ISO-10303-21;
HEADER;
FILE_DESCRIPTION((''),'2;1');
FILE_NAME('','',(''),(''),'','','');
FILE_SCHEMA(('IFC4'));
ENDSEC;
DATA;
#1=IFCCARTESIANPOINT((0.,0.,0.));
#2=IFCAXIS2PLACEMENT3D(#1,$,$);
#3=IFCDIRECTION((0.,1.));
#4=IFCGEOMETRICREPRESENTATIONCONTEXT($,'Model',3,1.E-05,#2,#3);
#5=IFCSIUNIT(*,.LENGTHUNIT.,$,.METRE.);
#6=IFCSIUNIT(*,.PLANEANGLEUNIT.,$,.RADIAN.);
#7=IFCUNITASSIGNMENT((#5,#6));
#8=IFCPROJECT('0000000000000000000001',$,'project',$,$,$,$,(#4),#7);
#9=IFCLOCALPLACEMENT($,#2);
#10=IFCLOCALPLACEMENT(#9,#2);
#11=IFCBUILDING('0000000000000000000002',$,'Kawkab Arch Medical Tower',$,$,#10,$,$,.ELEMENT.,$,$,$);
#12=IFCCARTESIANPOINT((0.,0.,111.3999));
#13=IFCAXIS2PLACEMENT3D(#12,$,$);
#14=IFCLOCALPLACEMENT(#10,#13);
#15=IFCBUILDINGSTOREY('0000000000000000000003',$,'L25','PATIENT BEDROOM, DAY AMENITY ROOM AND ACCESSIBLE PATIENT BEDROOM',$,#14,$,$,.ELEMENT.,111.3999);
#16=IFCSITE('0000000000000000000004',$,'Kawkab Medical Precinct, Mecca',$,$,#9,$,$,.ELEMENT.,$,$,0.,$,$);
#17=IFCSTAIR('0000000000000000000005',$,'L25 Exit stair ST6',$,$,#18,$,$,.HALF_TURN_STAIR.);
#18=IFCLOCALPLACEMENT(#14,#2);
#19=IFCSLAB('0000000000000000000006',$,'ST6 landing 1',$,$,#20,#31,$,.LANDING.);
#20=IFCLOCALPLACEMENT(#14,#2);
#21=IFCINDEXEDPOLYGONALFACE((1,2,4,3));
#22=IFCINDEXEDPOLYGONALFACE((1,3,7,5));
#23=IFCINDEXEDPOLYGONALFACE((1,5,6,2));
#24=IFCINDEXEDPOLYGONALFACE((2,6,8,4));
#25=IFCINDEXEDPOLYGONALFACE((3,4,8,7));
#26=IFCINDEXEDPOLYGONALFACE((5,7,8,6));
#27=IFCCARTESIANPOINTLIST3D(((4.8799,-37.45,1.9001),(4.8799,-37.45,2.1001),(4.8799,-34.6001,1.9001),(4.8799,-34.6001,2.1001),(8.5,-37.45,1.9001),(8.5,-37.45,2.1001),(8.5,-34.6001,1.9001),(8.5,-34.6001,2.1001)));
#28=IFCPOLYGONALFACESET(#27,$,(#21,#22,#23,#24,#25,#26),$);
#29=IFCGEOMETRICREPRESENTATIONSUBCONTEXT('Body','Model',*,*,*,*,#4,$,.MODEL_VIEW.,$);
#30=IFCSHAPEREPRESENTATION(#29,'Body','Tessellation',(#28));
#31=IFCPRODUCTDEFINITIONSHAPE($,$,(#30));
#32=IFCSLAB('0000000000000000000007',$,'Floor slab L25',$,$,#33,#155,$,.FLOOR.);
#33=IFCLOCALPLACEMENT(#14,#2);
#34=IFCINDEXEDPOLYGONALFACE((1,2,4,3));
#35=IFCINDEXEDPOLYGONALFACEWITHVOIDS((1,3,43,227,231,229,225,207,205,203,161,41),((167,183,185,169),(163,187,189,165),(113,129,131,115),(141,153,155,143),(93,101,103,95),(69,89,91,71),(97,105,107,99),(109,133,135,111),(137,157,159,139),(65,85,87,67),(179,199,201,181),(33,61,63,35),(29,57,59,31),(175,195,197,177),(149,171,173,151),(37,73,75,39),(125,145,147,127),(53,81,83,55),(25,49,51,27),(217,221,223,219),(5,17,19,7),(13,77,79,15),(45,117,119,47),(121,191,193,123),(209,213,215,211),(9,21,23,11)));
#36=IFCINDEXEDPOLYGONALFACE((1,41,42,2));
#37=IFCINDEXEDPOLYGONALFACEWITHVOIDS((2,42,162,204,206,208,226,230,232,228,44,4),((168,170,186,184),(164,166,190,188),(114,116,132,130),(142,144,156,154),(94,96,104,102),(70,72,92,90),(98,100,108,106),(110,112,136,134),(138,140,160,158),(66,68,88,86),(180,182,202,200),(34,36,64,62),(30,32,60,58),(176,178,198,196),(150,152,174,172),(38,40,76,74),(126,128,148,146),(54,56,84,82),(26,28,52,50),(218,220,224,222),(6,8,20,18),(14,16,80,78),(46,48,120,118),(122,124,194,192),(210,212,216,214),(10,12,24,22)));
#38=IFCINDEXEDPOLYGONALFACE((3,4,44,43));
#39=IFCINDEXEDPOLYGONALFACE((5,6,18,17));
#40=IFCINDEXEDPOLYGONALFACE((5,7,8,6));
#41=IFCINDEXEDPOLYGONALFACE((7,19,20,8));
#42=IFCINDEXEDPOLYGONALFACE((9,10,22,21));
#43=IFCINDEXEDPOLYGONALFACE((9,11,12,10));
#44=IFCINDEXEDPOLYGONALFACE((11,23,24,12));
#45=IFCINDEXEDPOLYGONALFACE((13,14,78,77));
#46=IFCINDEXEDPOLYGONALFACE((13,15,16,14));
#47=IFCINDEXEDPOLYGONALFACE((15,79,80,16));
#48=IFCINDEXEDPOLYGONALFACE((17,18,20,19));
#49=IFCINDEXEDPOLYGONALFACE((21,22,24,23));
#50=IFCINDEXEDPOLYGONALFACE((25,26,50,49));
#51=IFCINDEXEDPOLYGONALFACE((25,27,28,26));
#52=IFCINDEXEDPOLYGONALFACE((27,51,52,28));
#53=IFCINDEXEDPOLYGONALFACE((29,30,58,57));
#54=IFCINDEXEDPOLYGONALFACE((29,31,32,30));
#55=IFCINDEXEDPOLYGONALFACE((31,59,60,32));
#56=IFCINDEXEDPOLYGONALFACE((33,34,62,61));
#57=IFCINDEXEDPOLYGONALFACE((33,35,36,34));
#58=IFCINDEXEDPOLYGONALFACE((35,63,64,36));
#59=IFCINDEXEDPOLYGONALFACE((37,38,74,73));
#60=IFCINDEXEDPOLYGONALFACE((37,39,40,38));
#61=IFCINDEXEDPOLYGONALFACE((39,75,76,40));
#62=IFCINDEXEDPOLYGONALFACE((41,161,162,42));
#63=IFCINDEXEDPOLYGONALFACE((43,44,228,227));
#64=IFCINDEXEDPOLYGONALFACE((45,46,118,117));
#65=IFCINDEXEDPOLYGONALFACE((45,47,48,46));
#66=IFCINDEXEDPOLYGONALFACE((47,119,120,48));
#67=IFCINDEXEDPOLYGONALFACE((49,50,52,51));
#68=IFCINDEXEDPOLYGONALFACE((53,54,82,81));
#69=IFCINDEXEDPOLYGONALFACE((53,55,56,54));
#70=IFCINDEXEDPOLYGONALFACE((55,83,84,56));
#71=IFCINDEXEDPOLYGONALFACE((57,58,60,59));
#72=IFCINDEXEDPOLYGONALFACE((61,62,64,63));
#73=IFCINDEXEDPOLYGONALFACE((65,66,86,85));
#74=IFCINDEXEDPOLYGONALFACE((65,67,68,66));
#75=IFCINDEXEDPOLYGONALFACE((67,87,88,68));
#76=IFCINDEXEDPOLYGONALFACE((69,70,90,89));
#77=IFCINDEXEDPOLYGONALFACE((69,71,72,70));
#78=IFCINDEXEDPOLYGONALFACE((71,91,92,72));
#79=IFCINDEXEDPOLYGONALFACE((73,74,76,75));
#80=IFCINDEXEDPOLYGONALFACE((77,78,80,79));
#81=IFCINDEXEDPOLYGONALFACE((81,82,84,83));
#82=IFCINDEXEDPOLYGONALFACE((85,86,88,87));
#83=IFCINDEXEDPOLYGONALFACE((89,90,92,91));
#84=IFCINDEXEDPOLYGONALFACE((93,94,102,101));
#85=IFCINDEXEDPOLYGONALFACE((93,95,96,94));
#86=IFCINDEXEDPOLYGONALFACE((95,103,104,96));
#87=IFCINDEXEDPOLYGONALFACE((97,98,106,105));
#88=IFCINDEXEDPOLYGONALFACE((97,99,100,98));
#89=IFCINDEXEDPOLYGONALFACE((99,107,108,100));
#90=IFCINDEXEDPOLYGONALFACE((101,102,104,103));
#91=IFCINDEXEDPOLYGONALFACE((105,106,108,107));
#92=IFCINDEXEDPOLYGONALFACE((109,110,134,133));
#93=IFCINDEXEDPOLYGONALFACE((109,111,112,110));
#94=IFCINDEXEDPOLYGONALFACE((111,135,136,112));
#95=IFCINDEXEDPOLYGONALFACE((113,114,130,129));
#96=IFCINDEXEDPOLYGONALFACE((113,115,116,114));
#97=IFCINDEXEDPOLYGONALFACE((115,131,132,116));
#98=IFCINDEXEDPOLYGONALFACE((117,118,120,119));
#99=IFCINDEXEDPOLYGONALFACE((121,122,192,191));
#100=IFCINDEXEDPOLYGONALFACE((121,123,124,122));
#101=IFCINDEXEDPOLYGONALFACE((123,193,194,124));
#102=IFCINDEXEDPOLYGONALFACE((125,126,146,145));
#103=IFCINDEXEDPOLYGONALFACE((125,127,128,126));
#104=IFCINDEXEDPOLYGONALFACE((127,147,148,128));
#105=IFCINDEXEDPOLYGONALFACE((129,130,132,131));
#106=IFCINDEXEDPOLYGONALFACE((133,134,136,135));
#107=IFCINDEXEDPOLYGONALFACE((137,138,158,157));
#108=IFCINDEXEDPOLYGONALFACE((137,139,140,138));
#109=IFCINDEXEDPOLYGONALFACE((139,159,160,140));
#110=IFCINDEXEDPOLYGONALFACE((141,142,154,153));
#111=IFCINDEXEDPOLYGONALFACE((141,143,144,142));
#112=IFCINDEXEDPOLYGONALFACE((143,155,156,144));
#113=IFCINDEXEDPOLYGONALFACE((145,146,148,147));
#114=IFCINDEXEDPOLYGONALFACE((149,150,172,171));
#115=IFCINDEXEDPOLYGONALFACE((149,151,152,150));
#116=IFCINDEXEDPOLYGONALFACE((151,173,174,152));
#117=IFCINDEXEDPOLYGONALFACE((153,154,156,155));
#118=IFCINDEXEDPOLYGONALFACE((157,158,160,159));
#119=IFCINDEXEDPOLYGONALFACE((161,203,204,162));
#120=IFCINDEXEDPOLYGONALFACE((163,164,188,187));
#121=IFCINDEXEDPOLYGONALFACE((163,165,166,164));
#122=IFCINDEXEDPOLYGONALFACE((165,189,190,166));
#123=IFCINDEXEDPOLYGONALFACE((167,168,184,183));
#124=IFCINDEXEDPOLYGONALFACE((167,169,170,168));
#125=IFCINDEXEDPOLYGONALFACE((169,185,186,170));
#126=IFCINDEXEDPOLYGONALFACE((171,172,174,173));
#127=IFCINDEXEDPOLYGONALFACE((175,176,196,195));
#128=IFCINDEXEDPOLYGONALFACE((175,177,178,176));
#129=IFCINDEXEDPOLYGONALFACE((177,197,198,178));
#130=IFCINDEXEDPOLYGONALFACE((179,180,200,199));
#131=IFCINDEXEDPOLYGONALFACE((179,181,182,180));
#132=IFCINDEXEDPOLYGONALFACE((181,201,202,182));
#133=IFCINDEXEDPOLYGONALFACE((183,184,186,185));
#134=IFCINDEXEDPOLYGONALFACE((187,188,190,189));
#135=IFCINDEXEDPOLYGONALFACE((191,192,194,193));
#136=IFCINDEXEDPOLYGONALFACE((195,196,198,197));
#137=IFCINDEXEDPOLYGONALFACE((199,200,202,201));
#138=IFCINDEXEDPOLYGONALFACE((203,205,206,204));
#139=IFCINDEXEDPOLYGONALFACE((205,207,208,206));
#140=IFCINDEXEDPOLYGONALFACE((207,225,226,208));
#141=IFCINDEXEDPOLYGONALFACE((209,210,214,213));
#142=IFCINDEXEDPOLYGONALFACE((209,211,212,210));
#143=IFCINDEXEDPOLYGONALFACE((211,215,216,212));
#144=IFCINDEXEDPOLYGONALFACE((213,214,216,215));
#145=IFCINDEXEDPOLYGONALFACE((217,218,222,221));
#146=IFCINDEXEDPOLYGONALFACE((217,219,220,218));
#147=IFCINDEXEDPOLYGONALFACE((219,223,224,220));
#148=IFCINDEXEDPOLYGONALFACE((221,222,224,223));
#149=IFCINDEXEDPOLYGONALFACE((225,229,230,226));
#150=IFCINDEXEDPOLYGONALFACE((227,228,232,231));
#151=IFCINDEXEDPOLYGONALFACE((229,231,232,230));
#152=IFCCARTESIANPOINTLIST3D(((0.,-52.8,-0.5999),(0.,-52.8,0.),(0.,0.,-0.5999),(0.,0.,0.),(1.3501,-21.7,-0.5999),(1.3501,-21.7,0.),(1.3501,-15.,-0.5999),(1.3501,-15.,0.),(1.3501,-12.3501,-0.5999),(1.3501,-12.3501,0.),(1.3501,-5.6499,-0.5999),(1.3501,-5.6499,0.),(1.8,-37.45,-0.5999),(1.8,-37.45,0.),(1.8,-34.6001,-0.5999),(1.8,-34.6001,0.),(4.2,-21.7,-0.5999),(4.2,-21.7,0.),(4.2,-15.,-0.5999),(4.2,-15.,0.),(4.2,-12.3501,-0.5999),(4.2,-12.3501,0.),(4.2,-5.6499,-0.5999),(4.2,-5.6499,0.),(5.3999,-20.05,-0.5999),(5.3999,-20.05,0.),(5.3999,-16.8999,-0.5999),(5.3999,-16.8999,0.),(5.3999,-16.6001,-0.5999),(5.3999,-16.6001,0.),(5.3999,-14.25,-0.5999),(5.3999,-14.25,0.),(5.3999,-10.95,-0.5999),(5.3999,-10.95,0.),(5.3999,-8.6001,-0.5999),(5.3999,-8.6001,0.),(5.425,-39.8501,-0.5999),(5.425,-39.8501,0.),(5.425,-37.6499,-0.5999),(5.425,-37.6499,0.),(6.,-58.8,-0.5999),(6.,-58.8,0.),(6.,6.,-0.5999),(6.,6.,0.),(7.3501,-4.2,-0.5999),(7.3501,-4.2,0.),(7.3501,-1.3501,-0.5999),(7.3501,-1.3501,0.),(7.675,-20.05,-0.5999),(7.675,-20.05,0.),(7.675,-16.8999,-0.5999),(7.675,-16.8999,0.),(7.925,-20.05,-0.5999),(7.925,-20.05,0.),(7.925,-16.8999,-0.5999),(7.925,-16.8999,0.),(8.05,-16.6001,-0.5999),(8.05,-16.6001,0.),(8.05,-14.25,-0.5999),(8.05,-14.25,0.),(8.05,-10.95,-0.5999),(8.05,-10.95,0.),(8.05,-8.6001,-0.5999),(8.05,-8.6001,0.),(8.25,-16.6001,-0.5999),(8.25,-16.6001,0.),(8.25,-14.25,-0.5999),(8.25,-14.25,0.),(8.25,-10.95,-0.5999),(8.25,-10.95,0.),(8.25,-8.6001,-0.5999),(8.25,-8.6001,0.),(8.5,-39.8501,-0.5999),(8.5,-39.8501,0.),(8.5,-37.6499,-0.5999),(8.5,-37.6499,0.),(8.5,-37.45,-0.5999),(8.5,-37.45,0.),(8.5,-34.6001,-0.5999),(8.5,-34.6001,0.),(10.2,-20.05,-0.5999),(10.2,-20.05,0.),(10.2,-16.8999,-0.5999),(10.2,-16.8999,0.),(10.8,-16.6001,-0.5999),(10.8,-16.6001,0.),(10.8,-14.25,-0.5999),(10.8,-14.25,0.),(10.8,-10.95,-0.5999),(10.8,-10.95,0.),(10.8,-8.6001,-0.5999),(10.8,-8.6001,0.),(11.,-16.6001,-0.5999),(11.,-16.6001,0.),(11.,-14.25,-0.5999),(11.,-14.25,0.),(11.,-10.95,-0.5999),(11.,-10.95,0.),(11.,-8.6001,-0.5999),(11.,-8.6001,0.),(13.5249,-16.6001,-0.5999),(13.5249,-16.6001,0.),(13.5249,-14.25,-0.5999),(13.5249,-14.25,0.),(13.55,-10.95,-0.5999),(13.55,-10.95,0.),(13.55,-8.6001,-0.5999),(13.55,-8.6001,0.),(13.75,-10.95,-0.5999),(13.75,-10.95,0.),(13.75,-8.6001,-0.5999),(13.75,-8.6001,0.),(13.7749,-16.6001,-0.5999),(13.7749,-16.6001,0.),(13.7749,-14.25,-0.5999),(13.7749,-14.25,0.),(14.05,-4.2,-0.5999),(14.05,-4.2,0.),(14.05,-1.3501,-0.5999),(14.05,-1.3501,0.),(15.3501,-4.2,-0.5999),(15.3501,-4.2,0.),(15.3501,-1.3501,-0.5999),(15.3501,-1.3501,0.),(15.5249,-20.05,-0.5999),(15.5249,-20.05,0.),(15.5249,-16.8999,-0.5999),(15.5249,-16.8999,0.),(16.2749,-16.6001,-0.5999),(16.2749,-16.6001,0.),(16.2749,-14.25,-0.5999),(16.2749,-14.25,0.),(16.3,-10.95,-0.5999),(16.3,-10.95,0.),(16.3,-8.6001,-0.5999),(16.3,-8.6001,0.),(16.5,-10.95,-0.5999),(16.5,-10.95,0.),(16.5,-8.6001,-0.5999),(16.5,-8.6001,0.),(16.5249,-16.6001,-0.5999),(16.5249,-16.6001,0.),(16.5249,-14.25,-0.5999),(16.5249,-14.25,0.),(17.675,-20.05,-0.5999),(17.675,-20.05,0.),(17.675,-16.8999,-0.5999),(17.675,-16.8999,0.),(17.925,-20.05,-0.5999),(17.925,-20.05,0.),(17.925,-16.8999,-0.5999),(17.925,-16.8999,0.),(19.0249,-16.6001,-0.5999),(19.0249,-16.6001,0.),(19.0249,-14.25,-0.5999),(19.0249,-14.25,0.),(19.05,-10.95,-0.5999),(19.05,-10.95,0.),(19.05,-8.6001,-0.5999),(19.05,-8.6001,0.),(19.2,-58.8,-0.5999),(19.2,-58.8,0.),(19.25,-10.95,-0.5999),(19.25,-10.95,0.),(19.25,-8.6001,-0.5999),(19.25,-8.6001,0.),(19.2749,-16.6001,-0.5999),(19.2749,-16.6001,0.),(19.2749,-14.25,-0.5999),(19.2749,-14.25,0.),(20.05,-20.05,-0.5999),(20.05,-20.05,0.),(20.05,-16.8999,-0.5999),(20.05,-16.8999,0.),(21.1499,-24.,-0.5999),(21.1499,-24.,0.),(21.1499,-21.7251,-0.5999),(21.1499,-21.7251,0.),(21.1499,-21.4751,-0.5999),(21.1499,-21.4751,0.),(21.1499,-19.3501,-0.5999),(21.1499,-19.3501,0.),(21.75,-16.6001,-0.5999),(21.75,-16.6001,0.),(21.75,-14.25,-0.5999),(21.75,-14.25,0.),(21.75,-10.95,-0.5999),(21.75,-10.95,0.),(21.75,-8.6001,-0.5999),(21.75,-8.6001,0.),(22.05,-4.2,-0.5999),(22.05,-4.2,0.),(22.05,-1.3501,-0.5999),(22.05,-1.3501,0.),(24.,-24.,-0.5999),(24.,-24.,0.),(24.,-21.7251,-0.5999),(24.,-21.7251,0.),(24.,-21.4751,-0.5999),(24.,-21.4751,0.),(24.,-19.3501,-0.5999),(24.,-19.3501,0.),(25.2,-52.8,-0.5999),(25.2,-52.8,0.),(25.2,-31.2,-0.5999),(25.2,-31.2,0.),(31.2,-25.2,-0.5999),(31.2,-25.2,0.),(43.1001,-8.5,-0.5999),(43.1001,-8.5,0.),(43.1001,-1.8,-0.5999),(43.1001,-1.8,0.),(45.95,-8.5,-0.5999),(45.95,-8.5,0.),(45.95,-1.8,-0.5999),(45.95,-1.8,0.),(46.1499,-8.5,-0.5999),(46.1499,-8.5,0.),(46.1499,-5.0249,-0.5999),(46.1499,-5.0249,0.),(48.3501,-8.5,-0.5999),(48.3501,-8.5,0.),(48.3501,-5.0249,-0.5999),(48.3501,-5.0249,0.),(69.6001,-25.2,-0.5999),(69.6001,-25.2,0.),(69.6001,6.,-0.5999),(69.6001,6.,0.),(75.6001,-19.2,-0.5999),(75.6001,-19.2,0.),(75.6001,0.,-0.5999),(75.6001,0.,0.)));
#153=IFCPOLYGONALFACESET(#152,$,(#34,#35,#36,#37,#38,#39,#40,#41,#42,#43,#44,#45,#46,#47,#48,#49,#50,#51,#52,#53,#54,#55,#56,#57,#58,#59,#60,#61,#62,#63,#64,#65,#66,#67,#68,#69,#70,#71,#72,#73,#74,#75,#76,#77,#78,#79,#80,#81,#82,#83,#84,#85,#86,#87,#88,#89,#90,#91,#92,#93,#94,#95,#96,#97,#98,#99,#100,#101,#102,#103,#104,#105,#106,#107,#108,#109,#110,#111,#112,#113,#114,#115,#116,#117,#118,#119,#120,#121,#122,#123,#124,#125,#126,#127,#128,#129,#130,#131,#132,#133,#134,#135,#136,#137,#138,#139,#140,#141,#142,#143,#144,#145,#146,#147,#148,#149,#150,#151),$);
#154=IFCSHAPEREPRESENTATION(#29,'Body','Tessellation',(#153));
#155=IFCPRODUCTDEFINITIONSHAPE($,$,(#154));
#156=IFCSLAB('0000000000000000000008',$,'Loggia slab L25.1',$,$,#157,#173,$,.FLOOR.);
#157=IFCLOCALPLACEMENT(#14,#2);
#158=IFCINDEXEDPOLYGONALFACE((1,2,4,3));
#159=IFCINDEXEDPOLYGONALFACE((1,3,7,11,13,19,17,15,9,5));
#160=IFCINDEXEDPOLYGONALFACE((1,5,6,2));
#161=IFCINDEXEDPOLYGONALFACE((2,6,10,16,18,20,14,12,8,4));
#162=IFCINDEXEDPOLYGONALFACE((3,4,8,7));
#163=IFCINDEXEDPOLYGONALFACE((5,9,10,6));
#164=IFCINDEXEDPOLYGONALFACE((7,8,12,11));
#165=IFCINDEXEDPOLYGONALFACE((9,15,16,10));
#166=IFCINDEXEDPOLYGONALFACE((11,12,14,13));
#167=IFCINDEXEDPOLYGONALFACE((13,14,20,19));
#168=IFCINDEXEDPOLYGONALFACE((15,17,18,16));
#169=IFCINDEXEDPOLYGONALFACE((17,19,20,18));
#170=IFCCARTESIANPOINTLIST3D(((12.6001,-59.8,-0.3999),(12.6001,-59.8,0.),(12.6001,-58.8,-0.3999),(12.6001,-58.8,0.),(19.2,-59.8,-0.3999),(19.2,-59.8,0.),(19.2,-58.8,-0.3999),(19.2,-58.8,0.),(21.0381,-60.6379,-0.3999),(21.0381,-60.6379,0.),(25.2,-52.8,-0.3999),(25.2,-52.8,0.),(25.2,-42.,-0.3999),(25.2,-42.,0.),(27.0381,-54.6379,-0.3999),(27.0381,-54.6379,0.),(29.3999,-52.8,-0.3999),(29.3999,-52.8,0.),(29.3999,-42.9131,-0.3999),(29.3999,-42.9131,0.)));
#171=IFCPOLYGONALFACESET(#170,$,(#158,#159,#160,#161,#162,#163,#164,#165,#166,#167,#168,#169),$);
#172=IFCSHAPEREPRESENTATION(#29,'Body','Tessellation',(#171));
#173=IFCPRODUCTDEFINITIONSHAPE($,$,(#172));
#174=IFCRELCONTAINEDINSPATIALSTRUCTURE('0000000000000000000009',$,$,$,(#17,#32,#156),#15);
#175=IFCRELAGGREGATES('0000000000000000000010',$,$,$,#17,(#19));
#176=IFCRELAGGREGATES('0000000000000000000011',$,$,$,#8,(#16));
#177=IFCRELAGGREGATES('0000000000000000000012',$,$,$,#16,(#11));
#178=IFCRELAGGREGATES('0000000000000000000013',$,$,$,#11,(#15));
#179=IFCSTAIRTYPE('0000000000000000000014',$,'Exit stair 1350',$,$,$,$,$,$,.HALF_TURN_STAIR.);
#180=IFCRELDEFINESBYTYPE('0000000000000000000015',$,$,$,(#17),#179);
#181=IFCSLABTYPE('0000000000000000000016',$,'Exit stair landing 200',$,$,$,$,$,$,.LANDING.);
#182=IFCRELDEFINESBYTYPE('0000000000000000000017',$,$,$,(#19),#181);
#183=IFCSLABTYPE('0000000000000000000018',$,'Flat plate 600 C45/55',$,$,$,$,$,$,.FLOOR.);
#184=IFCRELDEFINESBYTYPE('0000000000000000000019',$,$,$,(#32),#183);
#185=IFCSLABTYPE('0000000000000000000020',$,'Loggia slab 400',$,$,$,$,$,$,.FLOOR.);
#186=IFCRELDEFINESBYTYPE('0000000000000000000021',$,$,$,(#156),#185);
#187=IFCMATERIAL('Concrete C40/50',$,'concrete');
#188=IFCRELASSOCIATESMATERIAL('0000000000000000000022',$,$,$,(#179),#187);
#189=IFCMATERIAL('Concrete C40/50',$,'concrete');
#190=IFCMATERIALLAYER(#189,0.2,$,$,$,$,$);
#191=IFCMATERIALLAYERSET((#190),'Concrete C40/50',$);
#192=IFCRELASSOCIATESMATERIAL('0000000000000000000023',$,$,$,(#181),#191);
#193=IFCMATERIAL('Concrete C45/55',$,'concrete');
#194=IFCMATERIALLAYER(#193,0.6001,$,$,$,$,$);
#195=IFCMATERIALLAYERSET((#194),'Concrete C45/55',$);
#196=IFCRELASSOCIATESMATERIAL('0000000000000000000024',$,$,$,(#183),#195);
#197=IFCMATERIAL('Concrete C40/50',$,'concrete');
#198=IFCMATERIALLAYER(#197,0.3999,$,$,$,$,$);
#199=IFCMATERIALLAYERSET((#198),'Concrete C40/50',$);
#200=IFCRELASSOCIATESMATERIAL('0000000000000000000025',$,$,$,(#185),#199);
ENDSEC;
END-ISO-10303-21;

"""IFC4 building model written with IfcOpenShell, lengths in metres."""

from ifc_helpers import new_model, si_unit, direction, frame, origin, place, context, subcontext, project, spatial, polyline, outline, extrude, material, layer, layer_set, type_object, element, aggregate, save


model = new_model("IFC4")

# Units and contexts
model_context = context("Model", 3, precision=1e-05, world=origin(), true_north=direction((0.0, 1.0)))
body_context = subcontext(model_context, "Body", "Model", "MODEL_VIEW")
ifc_project = project(units=[si_unit("LENGTHUNIT", "METRE"), si_unit("PLANEANGLEUNIT", "RADIAN")], contexts=[model_context])

# Site, building, storey
site_placement = place(None, origin())
site = spatial("IfcSite", under=ifc_project, at=site_placement, Name="Kawkab Medical Precinct, Mecca", CompositionType="ELEMENT", RefElevation=0.0)
building_placement = place(site_placement, origin())
building = spatial("IfcBuilding", under=site, at=building_placement, Name="Kawkab Arch Medical Tower", CompositionType="ELEMENT")
storey_placement = place(building_placement, frame((0.0, 0.0, 111.3999)))
storey = spatial("IfcBuildingStorey", under=building, at=storey_placement, Name="L25", Description="PATIENT BEDROOM, DAY AMENITY ROOM AND ACCESSIBLE PATIENT BEDROOM", CompositionType="ELEMENT", Elevation=111.3999)

# Shared definitions
placement_1 = place(storey_placement, origin())

# Stair, slab
ifc_material_1 = material(Name="Concrete C40/50", Category="concrete")
stair_type = type_object("IfcStairType", Name="Exit stair 1350", PredefinedType="HALF_TURN_STAIR", material=ifc_material_1)
ifc_material_2 = material(Name="Concrete C40/50", Category="concrete")
ifc_layer_1 = layer(ifc_material_2, 0.2)
ifc_layer_set_1 = layer_set([ifc_layer_1], Name="Concrete C40/50")
slab_type_1 = type_object("IfcSlabType", Name="Exit stair landing 200", PredefinedType="LANDING", material=ifc_layer_set_1)
placement_2 = place(storey_placement, frame((0.0, 0.0, 1.9001)))
stair_1 = element("IfcStair", 1, at=placement_1, inside=storey, type_object=stair_type, Name="L25 Exit stair ST6", PredefinedType="HALF_TURN_STAIR")
slab_1 = element("IfcSlab", 2, at=placement_2, type_object=slab_type_1, Name="ST6 landing 1", PredefinedType="LANDING", context=body_context, shape_type="SweptSolid", body=[
    extrude(outline(polyline([(4.8799, -37.45), (8.5, -37.45), (8.5, -34.6001), (4.8799, -34.6001), (4.8799, -37.45)])), origin(), (0.0, 0.0, 1.0), 0.2),
])
aggregate(stair_1, [slab_1])

# Slabs
ifc_material_3 = material(Name="Concrete C45/55", Category="concrete")
ifc_layer_2 = layer(ifc_material_3, 0.6001)
ifc_layer_set_2 = layer_set([ifc_layer_2], Name="Concrete C45/55")
slab_type_2 = type_object("IfcSlabType", Name="Flat plate 600 C45/55", PredefinedType="FLOOR", material=ifc_layer_set_2)
slab_2_placement = place(storey_placement, frame((0.0, 0.0, -0.5999)))
element("IfcSlab", 3, at=slab_2_placement, inside=storey, type_object=slab_type_2, Name="Floor slab L25", PredefinedType="FLOOR", context=body_context, shape_type="SweptSolid", body=[
    extrude(outline(polyline([(6.0, 6.0), (69.6001, 6.0), (75.6001, 0.0), (75.6001, -19.2), (69.6001, -25.2), (31.2, -25.2), (25.2, -31.2), (25.2, -52.8), (19.2, -58.8), (6.0, -58.8), (0.0, -52.8), (0.0, 0.0), (6.0, 6.0)]), holes=[polyline([(5.425, -37.6499), (5.425, -39.8501), (8.5, -39.8501), (8.5, -37.6499), (5.425, -37.6499)]), polyline([(1.8, -37.45), (8.5, -37.45), (8.5, -34.6001), (1.8, -34.6001), (1.8, -37.45)]), polyline([(5.3999, -16.8999), (5.3999, -20.05), (7.675, -20.05), (7.675, -16.8999), (5.3999, -16.8999)]), polyline([(10.2, -16.8999), (7.925, -16.8999), (7.925, -20.05), (10.2, -20.05), (10.2, -16.8999)]), polyline([(4.2, -21.7), (4.2, -15.0), (1.3501, -15.0), (1.3501, -21.7), (4.2, -21.7)]), polyline([(5.3999, -14.25), (5.3999, -16.6001), (8.05, -16.6001), (8.05, -14.25), (5.3999, -14.25)]), polyline([(8.25, -14.25), (8.25, -16.6001), (10.8, -16.6001), (10.8, -14.25), (8.25, -14.25)]), polyline([(13.5249, -16.6001), (13.5249, -14.25), (11.0, -14.25), (11.0, -16.6001), (13.5249, -16.6001)]), polyline([(5.3999, -8.6001), (5.3999, -10.95), (8.05, -10.95), (8.05, -8.6001), (5.3999, -8.6001)]), polyline([(8.25, -8.6001), (8.25, -10.95), (10.8, -10.95), (10.8, -8.6001), (8.25, -8.6001)]), polyline([(13.55, -8.6001), (11.0, -8.6001), (11.0, -10.95), (13.55, -10.95), (13.55, -8.6001)]), polyline([(4.2, -12.3501), (4.2, -5.6499), (1.3501, -5.6499), (1.3501, -12.3501), (4.2, -12.3501)]), polyline([(7.3501, -4.2), (14.05, -4.2), (14.05, -1.3501), (7.3501, -1.3501), (7.3501, -4.2)]), polyline([(24.0, -21.7251), (21.1499, -21.7251), (21.1499, -24.0), (24.0, -24.0), (24.0, -21.7251)]), polyline([(24.0, -21.4751), (24.0, -19.3501), (21.1499, -19.3501), (21.1499, -21.4751), (24.0, -21.4751)]), polyline([(17.675, -16.8999), (15.5249, -16.8999), (15.5249, -20.05), (17.675, -20.05), (17.675, -16.8999)]), polyline([(17.925, -20.05), (20.05, -20.05), (20.05, -16.8999), (17.925, -16.8999), (17.925, -20.05)]), polyline([(16.2749, -16.6001), (16.2749, -14.25), (13.7749, -14.25), (13.7749, -16.6001), (16.2749, -16.6001)]), polyline([(16.5249, -14.25), (16.5249, -16.6001), (19.0249, -16.6001), (19.0249, -14.25), (16.5249, -14.25)]), polyline([(19.2749, -14.25), (19.2749, -16.6001), (21.75, -16.6001), (21.75, -14.25), (19.2749, -14.25)]), polyline([(16.3, -8.6001), (13.75, -8.6001), (13.75, -10.95), (16.3, -10.95), (16.3, -8.6001)]), polyline([(16.5, -10.95), (19.05, -10.95), (19.05, -8.6001), (16.5, -8.6001), (16.5, -10.95)]), polyline([(19.25, -8.6001), (19.25, -10.95), (21.75, -10.95), (21.75, -8.6001), (19.25, -8.6001)]), polyline([(46.1499, -5.0249), (46.1499, -8.5), (48.3501, -8.5), (48.3501, -5.0249), (46.1499, -5.0249)]), polyline([(43.1001, -1.8), (43.1001, -8.5), (45.95, -8.5), (45.95, -1.8), (43.1001, -1.8)]), polyline([(22.05, -1.3501), (15.3501, -1.3501), (15.3501, -4.2), (22.05, -4.2), (22.05, -1.3501)])]), origin(), (0.0, 0.0, 1.0), 0.5999),
])
ifc_material_4 = material(Name="Concrete C40/50", Category="concrete")
ifc_layer_3 = layer(ifc_material_4, 0.3999)
ifc_layer_set_3 = layer_set([ifc_layer_3], Name="Concrete C40/50")
slab_type_3 = type_object("IfcSlabType", Name="Loggia slab 400", PredefinedType="FLOOR", material=ifc_layer_set_3)
placement_3 = place(storey_placement, frame((0.0, 0.0, -0.3999)))
element("IfcSlab", 4, at=placement_3, inside=storey, type_object=slab_type_3, Name="Loggia slab L25.1", PredefinedType="FLOOR", context=body_context, shape_type="SweptSolid", body=[
    extrude(outline(polyline([(19.2, -59.8), (12.6001, -59.8), (12.6001, -58.8), (19.2, -58.8), (25.2, -52.8), (25.2, -42.0), (29.3999, -42.9131), (29.3999, -52.8), (27.0381, -54.6379), (21.0381, -60.6379), (19.2, -59.8)])), origin(), (0.0, 0.0, 1.0), 0.3999),
])

save(model, "model.ifc")
